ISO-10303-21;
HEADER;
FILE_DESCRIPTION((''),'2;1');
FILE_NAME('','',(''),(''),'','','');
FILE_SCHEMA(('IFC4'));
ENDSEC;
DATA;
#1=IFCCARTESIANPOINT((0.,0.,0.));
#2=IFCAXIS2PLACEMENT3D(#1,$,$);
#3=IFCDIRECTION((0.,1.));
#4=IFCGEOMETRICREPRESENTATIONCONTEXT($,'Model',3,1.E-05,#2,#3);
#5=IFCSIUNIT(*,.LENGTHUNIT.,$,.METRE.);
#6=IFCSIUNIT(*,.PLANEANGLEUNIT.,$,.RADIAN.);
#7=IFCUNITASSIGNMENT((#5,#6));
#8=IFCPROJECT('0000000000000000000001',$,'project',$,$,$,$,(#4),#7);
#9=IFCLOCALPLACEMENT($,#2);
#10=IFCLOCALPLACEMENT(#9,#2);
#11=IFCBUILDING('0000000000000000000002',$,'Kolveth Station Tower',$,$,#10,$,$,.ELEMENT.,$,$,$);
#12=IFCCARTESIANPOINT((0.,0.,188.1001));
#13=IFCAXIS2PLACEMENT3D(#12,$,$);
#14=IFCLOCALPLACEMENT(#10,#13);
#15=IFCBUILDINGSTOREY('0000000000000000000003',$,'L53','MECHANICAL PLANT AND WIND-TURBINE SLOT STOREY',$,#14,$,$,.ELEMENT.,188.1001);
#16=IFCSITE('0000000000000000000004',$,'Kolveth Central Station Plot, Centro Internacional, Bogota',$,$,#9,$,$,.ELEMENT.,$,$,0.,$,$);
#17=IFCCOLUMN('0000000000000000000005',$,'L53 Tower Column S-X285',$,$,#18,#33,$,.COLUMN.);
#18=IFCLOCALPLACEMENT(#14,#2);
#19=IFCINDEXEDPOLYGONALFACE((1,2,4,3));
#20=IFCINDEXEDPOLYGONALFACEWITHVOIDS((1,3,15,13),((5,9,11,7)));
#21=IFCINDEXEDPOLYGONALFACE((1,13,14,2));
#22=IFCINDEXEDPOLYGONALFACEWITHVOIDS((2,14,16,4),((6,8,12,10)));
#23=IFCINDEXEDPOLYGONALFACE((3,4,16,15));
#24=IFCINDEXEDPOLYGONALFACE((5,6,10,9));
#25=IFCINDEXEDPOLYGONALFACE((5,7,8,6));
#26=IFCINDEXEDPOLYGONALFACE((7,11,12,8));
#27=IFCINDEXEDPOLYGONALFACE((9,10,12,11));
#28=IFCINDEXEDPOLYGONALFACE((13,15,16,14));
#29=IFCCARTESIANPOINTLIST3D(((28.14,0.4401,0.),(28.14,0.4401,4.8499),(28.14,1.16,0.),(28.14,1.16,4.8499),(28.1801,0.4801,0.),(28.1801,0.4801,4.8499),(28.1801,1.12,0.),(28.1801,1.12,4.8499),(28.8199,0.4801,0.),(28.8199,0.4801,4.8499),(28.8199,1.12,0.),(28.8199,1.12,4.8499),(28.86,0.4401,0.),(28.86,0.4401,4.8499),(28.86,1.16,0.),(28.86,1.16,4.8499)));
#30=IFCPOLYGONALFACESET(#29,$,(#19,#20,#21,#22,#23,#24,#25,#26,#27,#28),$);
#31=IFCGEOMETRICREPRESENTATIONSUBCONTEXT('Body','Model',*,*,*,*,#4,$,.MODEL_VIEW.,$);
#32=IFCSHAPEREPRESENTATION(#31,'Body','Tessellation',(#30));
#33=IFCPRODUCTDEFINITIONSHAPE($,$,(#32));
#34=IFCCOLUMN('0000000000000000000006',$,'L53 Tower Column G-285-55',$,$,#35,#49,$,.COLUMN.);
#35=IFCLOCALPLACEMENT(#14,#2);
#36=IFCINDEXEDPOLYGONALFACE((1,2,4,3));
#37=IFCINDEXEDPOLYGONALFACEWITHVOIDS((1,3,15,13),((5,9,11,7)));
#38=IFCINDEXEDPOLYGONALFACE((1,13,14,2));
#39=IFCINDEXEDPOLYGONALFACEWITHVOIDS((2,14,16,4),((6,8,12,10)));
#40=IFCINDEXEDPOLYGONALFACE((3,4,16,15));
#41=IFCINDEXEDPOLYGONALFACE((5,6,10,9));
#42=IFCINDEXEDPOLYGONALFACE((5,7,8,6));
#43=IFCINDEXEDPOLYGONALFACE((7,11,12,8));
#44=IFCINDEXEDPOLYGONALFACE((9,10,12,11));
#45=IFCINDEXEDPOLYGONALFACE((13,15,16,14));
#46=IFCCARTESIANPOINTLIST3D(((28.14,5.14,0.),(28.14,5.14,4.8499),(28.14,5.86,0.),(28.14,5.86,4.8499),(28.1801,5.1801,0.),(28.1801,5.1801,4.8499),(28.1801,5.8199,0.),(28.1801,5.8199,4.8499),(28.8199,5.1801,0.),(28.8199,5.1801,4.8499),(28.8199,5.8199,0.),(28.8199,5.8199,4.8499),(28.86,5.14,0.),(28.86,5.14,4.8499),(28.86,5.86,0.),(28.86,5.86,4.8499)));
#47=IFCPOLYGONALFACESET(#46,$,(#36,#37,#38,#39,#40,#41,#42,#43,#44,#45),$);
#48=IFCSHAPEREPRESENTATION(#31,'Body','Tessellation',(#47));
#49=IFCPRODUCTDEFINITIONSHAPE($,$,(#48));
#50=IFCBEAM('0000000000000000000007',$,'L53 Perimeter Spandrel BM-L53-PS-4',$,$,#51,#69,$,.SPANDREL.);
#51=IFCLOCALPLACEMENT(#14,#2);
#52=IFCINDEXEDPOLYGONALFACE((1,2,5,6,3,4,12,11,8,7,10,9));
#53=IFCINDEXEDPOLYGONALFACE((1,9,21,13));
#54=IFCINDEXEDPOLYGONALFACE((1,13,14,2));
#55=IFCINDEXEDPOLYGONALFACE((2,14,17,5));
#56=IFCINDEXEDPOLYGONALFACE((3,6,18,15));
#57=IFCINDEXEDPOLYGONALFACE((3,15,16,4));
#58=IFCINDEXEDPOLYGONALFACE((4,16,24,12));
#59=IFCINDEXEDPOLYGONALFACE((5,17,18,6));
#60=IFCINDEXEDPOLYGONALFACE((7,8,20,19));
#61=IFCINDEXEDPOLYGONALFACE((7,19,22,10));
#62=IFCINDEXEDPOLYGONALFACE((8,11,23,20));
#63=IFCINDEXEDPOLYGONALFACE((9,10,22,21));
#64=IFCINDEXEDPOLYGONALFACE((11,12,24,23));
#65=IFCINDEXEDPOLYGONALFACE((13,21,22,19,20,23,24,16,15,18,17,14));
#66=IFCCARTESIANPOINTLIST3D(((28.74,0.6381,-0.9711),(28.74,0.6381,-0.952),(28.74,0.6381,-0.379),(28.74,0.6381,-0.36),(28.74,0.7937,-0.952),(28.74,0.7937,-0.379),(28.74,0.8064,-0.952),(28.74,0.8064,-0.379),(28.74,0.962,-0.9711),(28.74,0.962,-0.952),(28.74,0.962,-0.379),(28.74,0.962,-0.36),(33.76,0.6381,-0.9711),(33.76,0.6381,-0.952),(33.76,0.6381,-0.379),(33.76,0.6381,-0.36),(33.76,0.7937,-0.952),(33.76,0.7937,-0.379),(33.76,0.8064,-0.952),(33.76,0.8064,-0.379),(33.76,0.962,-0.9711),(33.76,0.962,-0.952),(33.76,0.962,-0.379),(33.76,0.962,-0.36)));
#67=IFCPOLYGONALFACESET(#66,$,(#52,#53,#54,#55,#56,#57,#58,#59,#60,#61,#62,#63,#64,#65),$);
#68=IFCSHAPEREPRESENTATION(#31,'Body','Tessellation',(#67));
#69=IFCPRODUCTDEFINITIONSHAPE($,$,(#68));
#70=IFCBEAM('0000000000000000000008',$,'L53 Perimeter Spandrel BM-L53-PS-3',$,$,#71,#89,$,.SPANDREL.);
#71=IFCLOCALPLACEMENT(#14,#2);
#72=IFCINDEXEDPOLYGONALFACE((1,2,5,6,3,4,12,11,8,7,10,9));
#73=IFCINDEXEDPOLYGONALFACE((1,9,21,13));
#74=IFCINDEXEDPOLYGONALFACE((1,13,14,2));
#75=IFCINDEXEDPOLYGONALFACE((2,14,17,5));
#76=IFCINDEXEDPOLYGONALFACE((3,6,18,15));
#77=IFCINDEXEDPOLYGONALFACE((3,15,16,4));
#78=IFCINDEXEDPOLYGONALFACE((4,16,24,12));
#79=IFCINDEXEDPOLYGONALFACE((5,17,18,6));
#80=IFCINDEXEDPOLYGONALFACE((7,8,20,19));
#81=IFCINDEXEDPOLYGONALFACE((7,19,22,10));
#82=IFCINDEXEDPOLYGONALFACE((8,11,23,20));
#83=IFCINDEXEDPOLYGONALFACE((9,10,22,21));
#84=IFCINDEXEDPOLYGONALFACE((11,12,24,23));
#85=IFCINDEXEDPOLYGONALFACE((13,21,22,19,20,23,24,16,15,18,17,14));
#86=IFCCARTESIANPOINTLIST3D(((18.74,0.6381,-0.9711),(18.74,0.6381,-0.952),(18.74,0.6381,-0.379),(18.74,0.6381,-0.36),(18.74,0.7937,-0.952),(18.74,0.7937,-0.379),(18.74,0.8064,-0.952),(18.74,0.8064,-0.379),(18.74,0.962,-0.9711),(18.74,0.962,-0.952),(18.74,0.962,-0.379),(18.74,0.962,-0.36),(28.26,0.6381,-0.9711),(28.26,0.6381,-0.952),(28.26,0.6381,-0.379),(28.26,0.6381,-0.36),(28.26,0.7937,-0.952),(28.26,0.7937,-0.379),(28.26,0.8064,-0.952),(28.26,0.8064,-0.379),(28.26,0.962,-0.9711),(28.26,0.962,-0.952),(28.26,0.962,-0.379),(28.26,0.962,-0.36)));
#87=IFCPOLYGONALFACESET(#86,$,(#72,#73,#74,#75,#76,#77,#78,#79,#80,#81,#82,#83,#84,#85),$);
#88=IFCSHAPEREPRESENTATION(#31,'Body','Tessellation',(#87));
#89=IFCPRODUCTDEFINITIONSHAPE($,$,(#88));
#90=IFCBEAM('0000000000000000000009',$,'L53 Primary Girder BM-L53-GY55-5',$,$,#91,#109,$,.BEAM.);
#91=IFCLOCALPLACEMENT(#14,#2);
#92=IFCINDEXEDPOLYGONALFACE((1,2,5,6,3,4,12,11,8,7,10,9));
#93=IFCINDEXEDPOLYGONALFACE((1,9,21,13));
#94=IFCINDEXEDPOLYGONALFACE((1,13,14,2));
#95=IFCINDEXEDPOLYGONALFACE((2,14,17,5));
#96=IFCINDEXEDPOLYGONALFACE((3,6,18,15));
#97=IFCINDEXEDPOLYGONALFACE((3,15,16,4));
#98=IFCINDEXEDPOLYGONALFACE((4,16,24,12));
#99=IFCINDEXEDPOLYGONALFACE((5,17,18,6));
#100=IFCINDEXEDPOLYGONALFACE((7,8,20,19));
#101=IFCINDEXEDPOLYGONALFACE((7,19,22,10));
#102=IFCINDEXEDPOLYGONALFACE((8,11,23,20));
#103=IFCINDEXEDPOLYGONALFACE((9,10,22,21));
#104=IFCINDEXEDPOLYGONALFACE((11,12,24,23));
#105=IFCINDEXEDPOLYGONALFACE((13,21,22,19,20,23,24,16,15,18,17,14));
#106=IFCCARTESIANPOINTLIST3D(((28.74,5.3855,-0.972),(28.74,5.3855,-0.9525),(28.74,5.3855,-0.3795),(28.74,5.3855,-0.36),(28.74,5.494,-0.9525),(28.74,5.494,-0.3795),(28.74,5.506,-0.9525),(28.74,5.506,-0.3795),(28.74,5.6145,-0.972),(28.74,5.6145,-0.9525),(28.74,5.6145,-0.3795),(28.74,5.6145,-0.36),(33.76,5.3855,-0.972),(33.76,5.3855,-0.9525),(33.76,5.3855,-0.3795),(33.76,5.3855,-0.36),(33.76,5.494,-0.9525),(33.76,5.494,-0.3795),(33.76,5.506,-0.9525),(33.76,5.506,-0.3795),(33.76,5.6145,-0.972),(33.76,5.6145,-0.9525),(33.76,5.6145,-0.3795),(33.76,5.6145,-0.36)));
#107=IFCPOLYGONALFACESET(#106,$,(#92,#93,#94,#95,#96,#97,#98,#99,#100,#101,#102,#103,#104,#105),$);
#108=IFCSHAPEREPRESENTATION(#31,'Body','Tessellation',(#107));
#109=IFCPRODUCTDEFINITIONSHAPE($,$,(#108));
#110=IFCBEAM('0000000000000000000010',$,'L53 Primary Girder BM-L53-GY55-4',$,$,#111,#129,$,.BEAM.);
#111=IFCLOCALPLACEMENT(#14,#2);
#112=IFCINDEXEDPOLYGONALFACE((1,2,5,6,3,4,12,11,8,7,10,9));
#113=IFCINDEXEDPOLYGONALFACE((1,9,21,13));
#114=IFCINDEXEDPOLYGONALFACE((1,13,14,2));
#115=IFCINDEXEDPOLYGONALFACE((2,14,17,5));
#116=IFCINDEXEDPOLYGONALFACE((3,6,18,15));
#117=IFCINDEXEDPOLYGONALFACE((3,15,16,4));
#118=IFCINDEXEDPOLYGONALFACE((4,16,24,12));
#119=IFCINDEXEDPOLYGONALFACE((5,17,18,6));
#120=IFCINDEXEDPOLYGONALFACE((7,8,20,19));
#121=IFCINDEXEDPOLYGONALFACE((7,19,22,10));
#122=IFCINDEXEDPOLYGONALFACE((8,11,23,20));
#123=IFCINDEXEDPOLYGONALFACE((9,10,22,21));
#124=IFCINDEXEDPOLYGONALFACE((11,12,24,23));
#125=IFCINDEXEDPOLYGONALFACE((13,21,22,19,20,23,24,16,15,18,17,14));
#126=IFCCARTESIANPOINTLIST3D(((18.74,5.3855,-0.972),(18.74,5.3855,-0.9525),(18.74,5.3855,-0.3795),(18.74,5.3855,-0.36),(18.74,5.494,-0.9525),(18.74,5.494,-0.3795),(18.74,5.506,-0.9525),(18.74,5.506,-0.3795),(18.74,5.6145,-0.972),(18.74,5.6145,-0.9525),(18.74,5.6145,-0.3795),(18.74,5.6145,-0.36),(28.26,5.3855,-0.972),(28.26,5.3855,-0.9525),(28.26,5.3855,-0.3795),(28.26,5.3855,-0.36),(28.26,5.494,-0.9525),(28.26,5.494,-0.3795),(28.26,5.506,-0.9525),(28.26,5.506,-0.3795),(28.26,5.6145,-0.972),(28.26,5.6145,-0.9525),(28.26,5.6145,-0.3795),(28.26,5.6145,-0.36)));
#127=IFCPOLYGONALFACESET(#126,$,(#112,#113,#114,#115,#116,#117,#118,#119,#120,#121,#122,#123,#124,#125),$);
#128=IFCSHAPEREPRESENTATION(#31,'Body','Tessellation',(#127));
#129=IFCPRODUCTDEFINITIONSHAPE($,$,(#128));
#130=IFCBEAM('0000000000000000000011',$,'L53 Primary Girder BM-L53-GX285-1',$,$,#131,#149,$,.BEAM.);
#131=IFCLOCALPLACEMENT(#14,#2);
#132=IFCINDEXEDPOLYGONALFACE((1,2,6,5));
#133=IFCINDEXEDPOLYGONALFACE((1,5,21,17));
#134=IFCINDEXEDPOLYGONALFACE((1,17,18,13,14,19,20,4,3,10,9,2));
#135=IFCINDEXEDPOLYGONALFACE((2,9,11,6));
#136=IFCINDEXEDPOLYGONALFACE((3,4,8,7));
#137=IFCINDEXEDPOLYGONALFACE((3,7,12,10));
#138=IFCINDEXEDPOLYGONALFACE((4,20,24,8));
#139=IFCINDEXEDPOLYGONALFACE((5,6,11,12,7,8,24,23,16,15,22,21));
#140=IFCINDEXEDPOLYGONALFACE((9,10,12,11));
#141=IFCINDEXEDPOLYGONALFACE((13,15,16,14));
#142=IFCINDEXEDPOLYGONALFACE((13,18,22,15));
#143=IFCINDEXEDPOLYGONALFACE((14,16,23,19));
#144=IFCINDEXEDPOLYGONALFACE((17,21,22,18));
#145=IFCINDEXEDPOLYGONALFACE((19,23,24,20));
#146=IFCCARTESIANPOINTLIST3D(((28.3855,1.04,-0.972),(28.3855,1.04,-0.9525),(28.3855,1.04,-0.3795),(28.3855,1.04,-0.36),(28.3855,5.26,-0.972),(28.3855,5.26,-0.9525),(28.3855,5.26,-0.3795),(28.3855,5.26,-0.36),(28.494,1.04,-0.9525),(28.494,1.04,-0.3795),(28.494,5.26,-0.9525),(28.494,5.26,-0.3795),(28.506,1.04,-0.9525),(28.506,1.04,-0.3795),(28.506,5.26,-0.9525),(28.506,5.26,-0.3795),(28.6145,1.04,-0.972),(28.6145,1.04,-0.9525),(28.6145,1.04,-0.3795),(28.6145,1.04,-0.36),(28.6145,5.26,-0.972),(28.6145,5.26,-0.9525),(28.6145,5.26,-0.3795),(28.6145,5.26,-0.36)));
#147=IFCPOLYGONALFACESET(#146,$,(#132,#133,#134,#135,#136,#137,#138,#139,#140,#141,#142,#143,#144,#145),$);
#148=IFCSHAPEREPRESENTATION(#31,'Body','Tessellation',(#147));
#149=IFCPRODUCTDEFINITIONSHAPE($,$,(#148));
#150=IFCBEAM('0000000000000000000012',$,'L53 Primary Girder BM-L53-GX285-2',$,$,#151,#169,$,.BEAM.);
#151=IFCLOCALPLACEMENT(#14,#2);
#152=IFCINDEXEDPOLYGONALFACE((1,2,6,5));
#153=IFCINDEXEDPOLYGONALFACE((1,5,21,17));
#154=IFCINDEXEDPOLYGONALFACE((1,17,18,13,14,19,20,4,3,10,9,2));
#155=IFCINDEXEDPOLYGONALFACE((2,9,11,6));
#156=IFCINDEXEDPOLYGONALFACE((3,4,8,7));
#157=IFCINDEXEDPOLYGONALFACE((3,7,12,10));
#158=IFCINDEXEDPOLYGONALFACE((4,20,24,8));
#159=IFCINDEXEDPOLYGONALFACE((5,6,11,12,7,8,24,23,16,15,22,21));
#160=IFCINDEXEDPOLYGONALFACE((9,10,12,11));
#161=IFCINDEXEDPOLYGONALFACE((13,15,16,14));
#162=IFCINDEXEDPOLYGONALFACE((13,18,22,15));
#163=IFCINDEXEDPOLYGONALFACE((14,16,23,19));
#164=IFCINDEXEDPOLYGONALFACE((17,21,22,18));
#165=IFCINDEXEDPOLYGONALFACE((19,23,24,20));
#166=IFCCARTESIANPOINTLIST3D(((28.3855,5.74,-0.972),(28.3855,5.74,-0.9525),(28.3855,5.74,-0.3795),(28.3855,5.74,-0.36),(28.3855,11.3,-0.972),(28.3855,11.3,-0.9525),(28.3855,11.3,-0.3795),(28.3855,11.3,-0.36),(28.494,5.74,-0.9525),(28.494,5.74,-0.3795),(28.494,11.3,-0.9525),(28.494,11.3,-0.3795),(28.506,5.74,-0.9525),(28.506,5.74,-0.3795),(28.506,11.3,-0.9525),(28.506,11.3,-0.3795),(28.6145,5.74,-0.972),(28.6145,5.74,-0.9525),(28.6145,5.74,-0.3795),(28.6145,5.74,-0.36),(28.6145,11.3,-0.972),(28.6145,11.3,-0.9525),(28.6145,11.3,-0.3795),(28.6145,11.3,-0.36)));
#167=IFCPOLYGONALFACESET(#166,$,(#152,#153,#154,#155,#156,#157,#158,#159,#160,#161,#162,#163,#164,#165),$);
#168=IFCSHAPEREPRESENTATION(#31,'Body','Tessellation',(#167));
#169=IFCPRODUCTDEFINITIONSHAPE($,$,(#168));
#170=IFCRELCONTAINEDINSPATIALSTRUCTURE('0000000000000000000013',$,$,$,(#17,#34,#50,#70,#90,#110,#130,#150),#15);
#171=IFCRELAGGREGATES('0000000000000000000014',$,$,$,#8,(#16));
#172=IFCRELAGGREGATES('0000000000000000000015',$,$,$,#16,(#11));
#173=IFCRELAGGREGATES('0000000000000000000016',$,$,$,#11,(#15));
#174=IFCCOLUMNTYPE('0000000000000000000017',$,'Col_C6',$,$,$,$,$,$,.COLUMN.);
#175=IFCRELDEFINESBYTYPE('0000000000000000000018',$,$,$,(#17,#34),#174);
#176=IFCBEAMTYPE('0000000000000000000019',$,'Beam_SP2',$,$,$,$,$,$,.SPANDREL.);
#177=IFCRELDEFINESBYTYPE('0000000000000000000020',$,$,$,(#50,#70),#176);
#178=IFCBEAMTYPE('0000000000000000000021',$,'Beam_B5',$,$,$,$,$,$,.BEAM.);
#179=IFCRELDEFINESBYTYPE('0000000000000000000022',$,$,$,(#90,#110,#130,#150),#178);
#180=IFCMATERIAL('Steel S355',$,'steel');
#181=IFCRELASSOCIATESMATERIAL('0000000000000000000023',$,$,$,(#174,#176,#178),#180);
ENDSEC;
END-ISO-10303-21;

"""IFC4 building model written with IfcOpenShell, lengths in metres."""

from ifc_helpers import new_model, si_unit, direction, frame, origin, origin_2d, place, context, subcontext, project, spatial, hollow_rectangle, i_section, extrude, source, transform, mapped, material, material_profile, profile_set, type_object, element, save


model = new_model("IFC4")

# Units and contexts
model_context = context("Model", 3, precision=1e-05, world=origin(), true_north=direction((0.0, 1.0)))
body_context = subcontext(model_context, "Body", "Model", "MODEL_VIEW")
ifc_project = project(units=[si_unit("LENGTHUNIT", "METRE"), si_unit("PLANEANGLEUNIT", "RADIAN")], contexts=[model_context])

# Site, building, storey
site_placement = place(None, origin())
site = spatial("IfcSite", under=ifc_project, at=site_placement, Name="Kolveth Central Station Plot, Centro Internacional, Bogota", CompositionType="ELEMENT", RefElevation=0.0)
building_placement = place(site_placement, origin())
building = spatial("IfcBuilding", under=site, at=building_placement, Name="Kolveth Station Tower", CompositionType="ELEMENT")
storey_placement = place(building_placement, frame((0.0, 0.0, 188.1001)))
storey = spatial("IfcBuildingStorey", under=building, at=storey_placement, Name="L53", Description="MECHANICAL PLANT AND WIND-TURBINE SLOT STOREY", CompositionType="ELEMENT", Elevation=188.1001)

# Columns
ifc_material_1 = material(Name="Steel S355", Category="steel")
ifc_material_profile_1 = material_profile(ifc_material_1, hollow_rectangle(XDim=0.72, YDim=0.72, WallThickness=0.04, at=origin_2d()), Name="BOX720x720x40")
ifc_profile_set_1 = profile_set([ifc_material_profile_1], Name="Steel S355")
column_type = type_object("IfcColumnType", Name="Col_C6", PredefinedType="COLUMN", material=ifc_profile_set_1)
shared_shape_1 = source(origin(), body_context, "Body", "SweptSolid", [
    extrude(hollow_rectangle(XDim=0.72, YDim=0.72, WallThickness=0.04, at=origin_2d()), origin(), (0.0, 0.0, 1.0), 4.8499),
])
for number, where, z_axis, x_axis, name in (
    (1, (28.5, 0.8, 0.0), (0.0, 0.0, 1.0), (1.0, 0.0, 0.0), "L53 Tower Column S-X285"),
    (2, (28.5, 5.5, 0.0), (0.0, 0.0, 1.0), (1.0, 0.0, 0.0), "L53 Tower Column G-285-55"),
):
    element("IfcColumn", number, at=place(storey_placement, frame(where, z_axis=z_axis, x_axis=x_axis)), inside=storey, type_object=column_type, Name=name, PredefinedType="COLUMN", context=body_context, shape_type="MappedRepresentation", body=[
        mapped(shared_shape_1, transform((0.0, 0.0, 0.0), x_axis=(1.0, 0.0, 0.0), y_axis=(0.0, 1.0, 0.0), z_axis=(0.0, 0.0, 1.0), scale=1.0)),
    ])

# Beams
ifc_material_profile_2 = material_profile(ifc_material_1, i_section(OverallWidth=0.324, OverallDepth=0.6111, WebThickness=0.0127, FlangeThickness=0.019, at=origin_2d()), Name="W610x155")
ifc_profile_set_2 = profile_set([ifc_material_profile_2], Name="Steel S355")
beam_type_1 = type_object("IfcBeamType", Name="Beam_SP2", PredefinedType="SPANDREL", material=ifc_profile_set_2)
shared_shape_2 = source(origin(), body_context, "Body", "SweptSolid", [
    extrude(i_section(OverallWidth=0.324, OverallDepth=0.6111, WebThickness=0.0127, FlangeThickness=0.019, at=origin_2d()), origin(), (0.0, 0.0, 1.0), 5.02),
])
beam_1_placement = place(storey_placement, frame((28.74, 0.8, -0.6655), z_axis=(1.0, 0.0, 0.0), x_axis=(0.0, 1.0, 0.0)))
element("IfcBeam", 3, at=beam_1_placement, inside=storey, type_object=beam_type_1, Name="L53 Perimeter Spandrel BM-L53-PS-4", PredefinedType="SPANDREL", context=body_context, shape_type="MappedRepresentation", body=[
    mapped(shared_shape_2, transform((0.0, 0.0, 0.0), x_axis=(1.0, 0.0, 0.0), y_axis=(0.0, 1.0, 0.0), z_axis=(0.0, 0.0, 1.0), scale=1.0)),
])
shared_shape_3 = source(origin(), body_context, "Body", "SweptSolid", [
    extrude(i_section(OverallWidth=0.324, OverallDepth=0.6111, WebThickness=0.0127, FlangeThickness=0.019, at=origin_2d()), origin(), (0.0, 0.0, 1.0), 9.52),
])
beam_2_placement = place(storey_placement, frame((18.74, 0.8, -0.6655), z_axis=(1.0, 0.0, 0.0), x_axis=(0.0, 1.0, 0.0)))
element("IfcBeam", 4, at=beam_2_placement, inside=storey, type_object=beam_type_1, Name="L53 Perimeter Spandrel BM-L53-PS-3", PredefinedType="SPANDREL", context=body_context, shape_type="MappedRepresentation", body=[
    mapped(shared_shape_3, transform((0.0, 0.0, 0.0), x_axis=(1.0, 0.0, 0.0), y_axis=(0.0, 1.0, 0.0), z_axis=(0.0, 0.0, 1.0), scale=1.0)),
])
ifc_material_profile_3 = material_profile(ifc_material_1, i_section(OverallWidth=0.229, OverallDepth=0.6121, WebThickness=0.012, FlangeThickness=0.0195, at=origin_2d()), Name="W610x125")
ifc_profile_set_3 = profile_set([ifc_material_profile_3], Name="Steel S355")
beam_type_2 = type_object("IfcBeamType", Name="Beam_B5", PredefinedType="BEAM", material=ifc_profile_set_3)
shared_shape_4 = source(origin(), body_context, "Body", "SweptSolid", [
    extrude(i_section(OverallWidth=0.229, OverallDepth=0.6121, WebThickness=0.012, FlangeThickness=0.0195, at=origin_2d()), origin(), (0.0, 0.0, 1.0), 5.02),
])
beam_3_placement = place(storey_placement, frame((28.74, 5.5, -0.666), z_axis=(1.0, 0.0, 0.0), x_axis=(0.0, 1.0, 0.0)))
element("IfcBeam", 5, at=beam_3_placement, inside=storey, type_object=beam_type_2, Name="L53 Primary Girder BM-L53-GY55-5", PredefinedType="BEAM", context=body_context, shape_type="MappedRepresentation", body=[
    mapped(shared_shape_4, transform((0.0, 0.0, 0.0), x_axis=(1.0, 0.0, 0.0), y_axis=(0.0, 1.0, 0.0), z_axis=(0.0, 0.0, 1.0), scale=1.0)),
])
shared_shape_5 = source(origin(), body_context, "Body", "SweptSolid", [
    extrude(i_section(OverallWidth=0.229, OverallDepth=0.6121, WebThickness=0.012, FlangeThickness=0.0195, at=origin_2d()), origin(), (0.0, 0.0, 1.0), 9.52),
])
beam_4_placement = place(storey_placement, frame((18.74, 5.5, -0.666), z_axis=(1.0, 0.0, 0.0), x_axis=(0.0, 1.0, 0.0)))
element("IfcBeam", 6, at=beam_4_placement, inside=storey, type_object=beam_type_2, Name="L53 Primary Girder BM-L53-GY55-4", PredefinedType="BEAM", context=body_context, shape_type="MappedRepresentation", body=[
    mapped(shared_shape_5, transform((0.0, 0.0, 0.0), x_axis=(1.0, 0.0, 0.0), y_axis=(0.0, 1.0, 0.0), z_axis=(0.0, 0.0, 1.0), scale=1.0)),
])
shared_shape_6 = source(origin(), body_context, "Body", "SweptSolid", [
    extrude(i_section(OverallWidth=0.229, OverallDepth=0.6121, WebThickness=0.012, FlangeThickness=0.0195, at=origin_2d()), origin(), (0.0, 0.0, 1.0), 4.22),
])
beam_5_placement = place(storey_placement, frame((28.5, 1.04, -0.666), z_axis=(0.0, 1.0, 0.0), x_axis=(-1.0, 0.0, 0.0)))
element("IfcBeam", 7, at=beam_5_placement, inside=storey, type_object=beam_type_2, Name="L53 Primary Girder BM-L53-GX285-1", PredefinedType="BEAM", context=body_context, shape_type="MappedRepresentation", body=[
    mapped(shared_shape_6, transform((0.0, 0.0, 0.0), x_axis=(1.0, 0.0, 0.0), y_axis=(0.0, 1.0, 0.0), z_axis=(0.0, 0.0, 1.0), scale=1.0)),
])
shared_shape_7 = source(origin(), body_context, "Body", "SweptSolid", [
    extrude(i_section(OverallWidth=0.229, OverallDepth=0.6121, WebThickness=0.012, FlangeThickness=0.0195, at=origin_2d()), origin(), (0.0, 0.0, 1.0), 5.5601),
])
beam_6_placement = place(storey_placement, frame((28.5, 5.74, -0.666), z_axis=(0.0, 1.0, 0.0), x_axis=(-1.0, 0.0, 0.0)))
element("IfcBeam", 8, at=beam_6_placement, inside=storey, type_object=beam_type_2, Name="L53 Primary Girder BM-L53-GX285-2", PredefinedType="BEAM", context=body_context, shape_type="MappedRepresentation", body=[
    mapped(shared_shape_7, transform((0.0, 0.0, 0.0), x_axis=(1.0, 0.0, 0.0), y_axis=(0.0, 1.0, 0.0), z_axis=(0.0, 0.0, 1.0), scale=1.0)),
])

save(model, "model.ifc")
